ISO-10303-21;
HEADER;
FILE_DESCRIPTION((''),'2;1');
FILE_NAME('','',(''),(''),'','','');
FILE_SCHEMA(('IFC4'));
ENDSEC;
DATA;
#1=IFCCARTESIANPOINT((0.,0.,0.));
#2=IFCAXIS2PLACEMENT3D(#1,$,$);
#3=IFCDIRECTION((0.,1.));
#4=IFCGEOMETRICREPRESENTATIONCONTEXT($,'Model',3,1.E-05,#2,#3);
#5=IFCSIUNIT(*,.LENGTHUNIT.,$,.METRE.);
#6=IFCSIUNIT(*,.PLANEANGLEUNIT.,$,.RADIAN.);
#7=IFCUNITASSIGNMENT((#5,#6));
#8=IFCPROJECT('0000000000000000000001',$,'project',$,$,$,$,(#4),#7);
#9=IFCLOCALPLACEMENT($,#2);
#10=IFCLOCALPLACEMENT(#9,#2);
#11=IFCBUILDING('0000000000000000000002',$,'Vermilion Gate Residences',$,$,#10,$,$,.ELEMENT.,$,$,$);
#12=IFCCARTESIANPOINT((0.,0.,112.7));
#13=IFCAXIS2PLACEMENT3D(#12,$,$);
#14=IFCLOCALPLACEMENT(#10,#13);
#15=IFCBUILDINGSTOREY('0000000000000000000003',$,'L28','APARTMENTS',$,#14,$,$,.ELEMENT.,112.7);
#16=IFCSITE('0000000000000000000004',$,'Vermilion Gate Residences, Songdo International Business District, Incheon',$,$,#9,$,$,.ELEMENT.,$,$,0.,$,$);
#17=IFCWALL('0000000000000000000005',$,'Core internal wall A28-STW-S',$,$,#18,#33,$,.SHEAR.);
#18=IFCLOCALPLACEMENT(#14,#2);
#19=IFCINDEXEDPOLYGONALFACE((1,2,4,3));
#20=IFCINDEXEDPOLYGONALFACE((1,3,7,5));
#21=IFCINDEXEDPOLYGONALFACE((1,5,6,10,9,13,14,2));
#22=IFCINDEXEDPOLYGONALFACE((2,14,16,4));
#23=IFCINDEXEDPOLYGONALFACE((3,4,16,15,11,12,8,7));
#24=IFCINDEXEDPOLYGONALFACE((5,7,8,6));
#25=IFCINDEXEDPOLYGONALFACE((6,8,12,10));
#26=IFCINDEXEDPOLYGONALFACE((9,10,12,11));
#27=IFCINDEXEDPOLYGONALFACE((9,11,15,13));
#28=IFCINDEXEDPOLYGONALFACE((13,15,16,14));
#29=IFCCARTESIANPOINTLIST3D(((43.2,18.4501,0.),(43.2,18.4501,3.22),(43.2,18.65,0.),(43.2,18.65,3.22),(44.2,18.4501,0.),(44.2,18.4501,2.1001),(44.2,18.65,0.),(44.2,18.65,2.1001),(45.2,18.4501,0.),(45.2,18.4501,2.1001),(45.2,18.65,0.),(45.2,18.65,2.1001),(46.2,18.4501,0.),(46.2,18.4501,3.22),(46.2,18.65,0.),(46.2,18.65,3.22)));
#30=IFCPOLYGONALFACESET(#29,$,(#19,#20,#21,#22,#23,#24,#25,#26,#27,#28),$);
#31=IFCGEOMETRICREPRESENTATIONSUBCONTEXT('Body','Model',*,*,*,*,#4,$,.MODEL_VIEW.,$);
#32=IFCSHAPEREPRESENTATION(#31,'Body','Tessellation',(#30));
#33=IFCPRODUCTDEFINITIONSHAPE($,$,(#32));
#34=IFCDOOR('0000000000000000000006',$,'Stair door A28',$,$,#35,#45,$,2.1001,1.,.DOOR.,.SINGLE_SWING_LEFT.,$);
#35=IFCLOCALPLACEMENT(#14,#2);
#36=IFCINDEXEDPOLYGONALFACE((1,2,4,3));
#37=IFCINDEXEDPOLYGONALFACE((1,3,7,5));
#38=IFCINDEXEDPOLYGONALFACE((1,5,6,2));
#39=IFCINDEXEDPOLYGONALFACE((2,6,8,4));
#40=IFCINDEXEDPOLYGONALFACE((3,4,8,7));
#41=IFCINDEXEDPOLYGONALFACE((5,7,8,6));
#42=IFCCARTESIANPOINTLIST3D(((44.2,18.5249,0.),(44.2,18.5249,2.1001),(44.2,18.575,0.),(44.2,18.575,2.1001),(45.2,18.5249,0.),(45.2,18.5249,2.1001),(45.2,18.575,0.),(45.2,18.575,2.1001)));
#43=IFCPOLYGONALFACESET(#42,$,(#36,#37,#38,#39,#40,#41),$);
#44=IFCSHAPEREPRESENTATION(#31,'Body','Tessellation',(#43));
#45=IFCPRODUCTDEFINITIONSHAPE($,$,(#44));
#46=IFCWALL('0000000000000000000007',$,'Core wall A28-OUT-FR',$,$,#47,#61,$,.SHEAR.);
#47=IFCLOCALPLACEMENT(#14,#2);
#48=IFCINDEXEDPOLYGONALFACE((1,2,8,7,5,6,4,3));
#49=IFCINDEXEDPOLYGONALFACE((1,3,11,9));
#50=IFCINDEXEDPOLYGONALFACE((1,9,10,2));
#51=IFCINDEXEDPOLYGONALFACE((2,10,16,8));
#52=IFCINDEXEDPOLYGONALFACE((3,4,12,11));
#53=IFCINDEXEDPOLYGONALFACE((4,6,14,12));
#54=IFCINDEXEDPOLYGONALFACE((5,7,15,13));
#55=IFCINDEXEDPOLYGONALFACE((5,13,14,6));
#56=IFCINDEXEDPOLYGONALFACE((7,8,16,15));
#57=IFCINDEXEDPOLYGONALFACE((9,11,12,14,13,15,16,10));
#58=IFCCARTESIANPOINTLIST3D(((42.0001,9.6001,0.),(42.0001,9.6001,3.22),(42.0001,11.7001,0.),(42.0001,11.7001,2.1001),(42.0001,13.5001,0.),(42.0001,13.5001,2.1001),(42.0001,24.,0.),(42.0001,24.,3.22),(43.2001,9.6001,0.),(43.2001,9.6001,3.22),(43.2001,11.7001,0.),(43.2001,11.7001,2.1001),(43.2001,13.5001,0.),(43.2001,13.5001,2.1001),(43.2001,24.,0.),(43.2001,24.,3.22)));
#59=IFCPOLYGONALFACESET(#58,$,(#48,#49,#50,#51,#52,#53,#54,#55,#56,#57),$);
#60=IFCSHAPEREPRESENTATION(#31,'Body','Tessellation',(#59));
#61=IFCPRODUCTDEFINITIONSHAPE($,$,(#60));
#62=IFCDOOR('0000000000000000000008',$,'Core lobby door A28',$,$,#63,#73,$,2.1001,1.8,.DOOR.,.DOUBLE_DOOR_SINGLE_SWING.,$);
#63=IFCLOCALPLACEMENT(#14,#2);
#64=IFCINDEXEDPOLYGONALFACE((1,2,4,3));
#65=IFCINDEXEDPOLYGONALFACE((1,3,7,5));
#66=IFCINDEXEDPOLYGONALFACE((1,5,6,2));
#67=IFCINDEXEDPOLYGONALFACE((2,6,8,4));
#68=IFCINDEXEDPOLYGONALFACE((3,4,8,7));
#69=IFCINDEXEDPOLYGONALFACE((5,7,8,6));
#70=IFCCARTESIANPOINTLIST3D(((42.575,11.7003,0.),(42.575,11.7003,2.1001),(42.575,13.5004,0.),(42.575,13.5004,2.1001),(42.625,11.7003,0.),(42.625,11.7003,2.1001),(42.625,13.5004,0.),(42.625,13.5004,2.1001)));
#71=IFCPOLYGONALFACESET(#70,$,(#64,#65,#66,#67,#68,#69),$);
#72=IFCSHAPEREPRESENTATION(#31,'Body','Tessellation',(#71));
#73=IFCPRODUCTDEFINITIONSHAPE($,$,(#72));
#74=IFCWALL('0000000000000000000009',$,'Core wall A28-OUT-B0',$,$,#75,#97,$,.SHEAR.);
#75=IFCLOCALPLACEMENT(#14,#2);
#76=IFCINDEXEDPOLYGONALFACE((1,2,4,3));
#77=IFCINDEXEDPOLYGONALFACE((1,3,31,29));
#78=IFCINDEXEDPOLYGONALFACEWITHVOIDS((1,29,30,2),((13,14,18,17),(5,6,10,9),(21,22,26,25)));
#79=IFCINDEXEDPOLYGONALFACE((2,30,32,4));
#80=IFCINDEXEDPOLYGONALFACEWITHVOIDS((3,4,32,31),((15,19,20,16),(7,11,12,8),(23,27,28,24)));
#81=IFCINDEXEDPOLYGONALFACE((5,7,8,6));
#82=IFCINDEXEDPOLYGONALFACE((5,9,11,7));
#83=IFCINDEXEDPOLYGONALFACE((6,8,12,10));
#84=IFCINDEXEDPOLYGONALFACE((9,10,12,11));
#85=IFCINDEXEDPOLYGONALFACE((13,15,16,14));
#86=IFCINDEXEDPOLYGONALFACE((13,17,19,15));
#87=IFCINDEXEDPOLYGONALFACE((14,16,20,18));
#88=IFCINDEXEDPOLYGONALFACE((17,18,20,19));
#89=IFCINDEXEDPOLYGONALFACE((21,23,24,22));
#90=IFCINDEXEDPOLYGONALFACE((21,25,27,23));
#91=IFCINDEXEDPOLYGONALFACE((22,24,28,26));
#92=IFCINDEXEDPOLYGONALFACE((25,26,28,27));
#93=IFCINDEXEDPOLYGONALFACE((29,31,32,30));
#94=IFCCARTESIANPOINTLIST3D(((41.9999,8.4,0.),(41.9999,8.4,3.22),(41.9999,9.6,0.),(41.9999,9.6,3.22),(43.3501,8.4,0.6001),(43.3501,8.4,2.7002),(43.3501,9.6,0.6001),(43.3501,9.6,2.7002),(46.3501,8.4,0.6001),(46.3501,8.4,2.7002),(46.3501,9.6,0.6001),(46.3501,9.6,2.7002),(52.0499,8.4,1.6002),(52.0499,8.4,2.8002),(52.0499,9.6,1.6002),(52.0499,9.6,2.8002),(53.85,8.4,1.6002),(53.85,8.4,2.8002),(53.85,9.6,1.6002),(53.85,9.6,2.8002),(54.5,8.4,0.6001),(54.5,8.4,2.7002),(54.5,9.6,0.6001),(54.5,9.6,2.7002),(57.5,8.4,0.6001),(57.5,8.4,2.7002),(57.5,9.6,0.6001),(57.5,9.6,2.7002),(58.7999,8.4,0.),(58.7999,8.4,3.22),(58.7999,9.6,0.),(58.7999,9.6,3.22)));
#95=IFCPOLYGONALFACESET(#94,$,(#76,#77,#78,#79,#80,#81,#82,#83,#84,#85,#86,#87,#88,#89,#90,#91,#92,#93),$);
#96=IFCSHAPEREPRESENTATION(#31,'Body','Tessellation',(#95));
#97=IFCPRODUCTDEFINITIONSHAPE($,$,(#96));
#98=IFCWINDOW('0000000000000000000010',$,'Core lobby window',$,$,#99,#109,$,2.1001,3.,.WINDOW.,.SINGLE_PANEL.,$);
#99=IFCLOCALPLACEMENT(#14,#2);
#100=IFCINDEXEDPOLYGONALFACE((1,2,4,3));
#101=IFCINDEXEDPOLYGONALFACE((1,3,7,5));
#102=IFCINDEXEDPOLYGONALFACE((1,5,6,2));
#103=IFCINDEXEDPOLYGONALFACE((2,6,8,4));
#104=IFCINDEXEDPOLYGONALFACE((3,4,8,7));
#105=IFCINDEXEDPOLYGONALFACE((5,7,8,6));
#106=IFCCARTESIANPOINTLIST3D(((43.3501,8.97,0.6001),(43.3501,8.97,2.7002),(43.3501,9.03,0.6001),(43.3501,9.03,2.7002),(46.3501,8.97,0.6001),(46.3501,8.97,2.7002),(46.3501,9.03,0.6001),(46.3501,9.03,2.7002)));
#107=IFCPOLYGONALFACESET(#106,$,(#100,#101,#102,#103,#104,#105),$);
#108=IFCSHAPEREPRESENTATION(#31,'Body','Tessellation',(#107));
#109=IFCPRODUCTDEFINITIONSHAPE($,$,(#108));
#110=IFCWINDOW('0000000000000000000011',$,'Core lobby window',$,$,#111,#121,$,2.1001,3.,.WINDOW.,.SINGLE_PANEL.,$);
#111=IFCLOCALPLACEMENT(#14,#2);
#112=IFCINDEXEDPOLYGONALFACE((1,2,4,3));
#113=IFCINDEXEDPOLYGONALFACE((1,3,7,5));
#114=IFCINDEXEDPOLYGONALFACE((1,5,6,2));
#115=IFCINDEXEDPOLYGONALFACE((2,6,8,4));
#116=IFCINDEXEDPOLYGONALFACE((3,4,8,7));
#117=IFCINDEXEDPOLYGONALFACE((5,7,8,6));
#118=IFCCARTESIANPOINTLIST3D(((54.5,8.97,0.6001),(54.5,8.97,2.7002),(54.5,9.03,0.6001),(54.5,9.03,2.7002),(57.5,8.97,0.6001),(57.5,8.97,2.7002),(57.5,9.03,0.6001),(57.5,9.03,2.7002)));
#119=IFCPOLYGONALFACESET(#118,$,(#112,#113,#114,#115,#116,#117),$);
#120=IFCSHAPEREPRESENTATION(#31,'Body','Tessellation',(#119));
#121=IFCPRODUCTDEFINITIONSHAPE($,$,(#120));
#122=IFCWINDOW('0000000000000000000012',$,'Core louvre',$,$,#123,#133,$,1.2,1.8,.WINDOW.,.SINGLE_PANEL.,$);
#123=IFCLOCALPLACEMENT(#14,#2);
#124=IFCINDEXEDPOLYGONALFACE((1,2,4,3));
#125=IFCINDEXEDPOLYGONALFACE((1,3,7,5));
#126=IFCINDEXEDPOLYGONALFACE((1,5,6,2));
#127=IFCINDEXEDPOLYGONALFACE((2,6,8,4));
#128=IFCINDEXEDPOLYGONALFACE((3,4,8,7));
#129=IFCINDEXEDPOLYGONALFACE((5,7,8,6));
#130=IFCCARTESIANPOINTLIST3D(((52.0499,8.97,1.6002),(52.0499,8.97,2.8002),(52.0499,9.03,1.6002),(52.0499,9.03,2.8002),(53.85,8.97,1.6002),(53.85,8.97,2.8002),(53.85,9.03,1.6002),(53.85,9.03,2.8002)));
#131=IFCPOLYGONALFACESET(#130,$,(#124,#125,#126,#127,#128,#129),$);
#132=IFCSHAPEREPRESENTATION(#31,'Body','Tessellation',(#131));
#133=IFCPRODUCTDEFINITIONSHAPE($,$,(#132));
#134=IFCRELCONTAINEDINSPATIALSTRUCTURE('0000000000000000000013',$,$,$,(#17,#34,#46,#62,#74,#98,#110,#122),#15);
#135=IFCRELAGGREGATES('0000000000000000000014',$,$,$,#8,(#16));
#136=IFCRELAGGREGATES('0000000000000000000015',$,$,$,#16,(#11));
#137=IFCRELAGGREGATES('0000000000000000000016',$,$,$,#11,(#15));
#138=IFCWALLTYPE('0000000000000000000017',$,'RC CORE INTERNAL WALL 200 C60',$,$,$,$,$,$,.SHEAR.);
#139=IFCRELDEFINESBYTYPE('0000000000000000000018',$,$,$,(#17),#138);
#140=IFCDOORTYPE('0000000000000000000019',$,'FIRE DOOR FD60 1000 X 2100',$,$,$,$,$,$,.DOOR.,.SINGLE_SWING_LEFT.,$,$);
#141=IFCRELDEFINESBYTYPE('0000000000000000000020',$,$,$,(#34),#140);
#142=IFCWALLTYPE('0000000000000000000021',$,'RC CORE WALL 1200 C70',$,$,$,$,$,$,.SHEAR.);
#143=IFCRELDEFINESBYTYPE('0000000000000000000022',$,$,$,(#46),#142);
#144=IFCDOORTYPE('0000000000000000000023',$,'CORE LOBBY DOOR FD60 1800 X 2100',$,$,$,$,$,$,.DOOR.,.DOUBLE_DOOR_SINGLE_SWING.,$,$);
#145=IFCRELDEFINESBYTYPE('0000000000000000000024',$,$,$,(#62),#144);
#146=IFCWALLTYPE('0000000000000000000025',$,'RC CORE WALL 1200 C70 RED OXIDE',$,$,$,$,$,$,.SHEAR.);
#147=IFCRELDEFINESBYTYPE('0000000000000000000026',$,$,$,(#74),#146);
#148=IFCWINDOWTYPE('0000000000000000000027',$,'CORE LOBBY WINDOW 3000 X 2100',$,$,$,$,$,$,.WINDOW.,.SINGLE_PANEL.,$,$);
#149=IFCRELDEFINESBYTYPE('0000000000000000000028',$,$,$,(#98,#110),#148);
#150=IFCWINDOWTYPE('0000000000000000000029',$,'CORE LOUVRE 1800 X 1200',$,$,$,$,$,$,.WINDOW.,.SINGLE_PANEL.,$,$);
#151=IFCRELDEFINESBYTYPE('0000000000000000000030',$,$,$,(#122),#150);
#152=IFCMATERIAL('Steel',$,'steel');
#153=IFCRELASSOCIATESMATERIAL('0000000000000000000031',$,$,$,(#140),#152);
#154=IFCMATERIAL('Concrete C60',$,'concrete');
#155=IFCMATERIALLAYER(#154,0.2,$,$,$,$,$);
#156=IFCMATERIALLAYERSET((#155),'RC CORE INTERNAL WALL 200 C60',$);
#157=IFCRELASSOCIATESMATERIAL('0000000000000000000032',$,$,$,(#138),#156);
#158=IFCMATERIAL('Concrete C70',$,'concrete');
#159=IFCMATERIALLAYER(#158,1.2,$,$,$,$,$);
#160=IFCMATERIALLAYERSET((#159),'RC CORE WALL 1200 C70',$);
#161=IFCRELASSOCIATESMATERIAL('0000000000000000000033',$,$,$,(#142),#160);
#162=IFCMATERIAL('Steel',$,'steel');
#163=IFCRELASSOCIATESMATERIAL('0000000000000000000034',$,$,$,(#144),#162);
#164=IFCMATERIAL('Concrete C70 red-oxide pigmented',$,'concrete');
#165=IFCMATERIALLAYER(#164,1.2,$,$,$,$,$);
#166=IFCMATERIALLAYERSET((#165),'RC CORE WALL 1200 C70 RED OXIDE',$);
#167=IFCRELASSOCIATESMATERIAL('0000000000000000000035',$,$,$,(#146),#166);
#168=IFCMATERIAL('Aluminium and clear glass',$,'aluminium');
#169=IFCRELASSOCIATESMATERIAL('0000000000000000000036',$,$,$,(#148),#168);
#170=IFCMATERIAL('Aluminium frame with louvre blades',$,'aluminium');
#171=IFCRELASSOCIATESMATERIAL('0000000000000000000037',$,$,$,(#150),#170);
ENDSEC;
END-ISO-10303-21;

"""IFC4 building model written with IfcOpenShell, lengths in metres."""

from ifc_helpers import new_model, si_unit, direction, frame, frame_2d, origin, place, context, subcontext, project, spatial, rectangle, extrude, material, layer, layer_set, type_object, element, fill, save


model = new_model("IFC4")

# Units and contexts
model_context = context("Model", 3, precision=1e-05, world=origin(), true_north=direction((0.0, 1.0)))
body_context = subcontext(model_context, "Body", "Model", "MODEL_VIEW")
ifc_project = project(units=[si_unit("LENGTHUNIT", "METRE"), si_unit("PLANEANGLEUNIT", "RADIAN")], contexts=[model_context])

# Site, building, storey
site_placement = place(None, origin())
site = spatial("IfcSite", under=ifc_project, at=site_placement, Name="Vermilion Gate Residences, Songdo International Business District, Incheon", CompositionType="ELEMENT", RefElevation=0.0)
building_placement = place(site_placement, origin())
building = spatial("IfcBuilding", under=site, at=building_placement, Name="Vermilion Gate Residences", CompositionType="ELEMENT")
storey_placement = place(building_placement, frame((0.0, 0.0, 112.7)))
storey = spatial("IfcBuildingStorey", under=building, at=storey_placement, Name="L28", Description="APARTMENTS", CompositionType="ELEMENT", Elevation=112.7)

# Shared definitions
ifc_material_1 = material(Name="Steel", Category="steel")
door_type_1 = type_object("IfcDoorType", Name="FIRE DOOR FD60 1000 X 2100", OperationType="SINGLE_SWING_LEFT", PredefinedType="DOOR", material=ifc_material_1)

# Shared definitions
ifc_material_2 = material(Name="Concrete C60", Category="concrete")
ifc_layer_1 = layer(ifc_material_2, 0.2)
ifc_layer_set_1 = layer_set([ifc_layer_1], Name="RC CORE INTERNAL WALL 200 C60")
wall_type_1 = type_object("IfcWallType", Name="RC CORE INTERNAL WALL 200 C60", PredefinedType="SHEAR", material=ifc_layer_set_1)

# Walls, openings, doors
wall_1_placement = place(storey_placement, frame((43.2, 18.55, 0.0), z_axis=(0.0, 0.0, 1.0), x_axis=(1.0, 0.0, 0.0)))
wall_1 = element("IfcWall", 1, at=wall_1_placement, inside=storey, type_object=wall_type_1, Name="Core internal wall A28-STW-S", PredefinedType="SHEAR", context=body_context, shape_type="SweptSolid", body=[
    extrude(rectangle(XDim=3.0, YDim=0.2, at=frame_2d((1.5, 0.0))), origin(), (0.0, 0.0, 1.0), 3.22),
])
opening_1_placement = place(wall_1_placement, frame((1.0, 0.0, 0.0)))
opening_1 = element("IfcOpeningElement", 2, at=opening_1_placement, cuts=wall_1, PredefinedType="OPENING", context=body_context, shape_type="SweptSolid", body=[
    extrude(rectangle(XDim=1.0, YDim=2.1001, at=frame_2d((0.5, 1.05))), frame((0.0, 0.1099, 0.0), z_axis=(0.0, -1.0, 0.0), x_axis=(1.0, 0.0, 0.0)), (0.0, 0.0, 1.0), 0.22),
])
door_1_placement = place(opening_1_placement, origin())
door_1 = element("IfcDoor", 3, at=door_1_placement, inside=storey, type_object=door_type_1, Name="Stair door A28", OperationType="SINGLE_SWING_LEFT", OverallHeight=2.1001, OverallWidth=1.0, PredefinedType="DOOR", context=body_context, shape_type="SweptSolid", body=[
    extrude(rectangle(XDim=1.0, YDim=2.1001, at=frame_2d((0.5, 1.05))), frame((0.0, 0.0249, 0.0), z_axis=(0.0, -1.0, 0.0), x_axis=(1.0, 0.0, 0.0)), (0.0, 0.0, 1.0), 0.05),
])
fill(opening_1, door_1)
ifc_material_3 = material(Name="Concrete C70", Category="concrete")
ifc_layer_2 = layer(ifc_material_3, 1.2)
ifc_layer_set_2 = layer_set([ifc_layer_2], Name="RC CORE WALL 1200 C70")
wall_type_2 = type_object("IfcWallType", Name="RC CORE WALL 1200 C70", PredefinedType="SHEAR", material=ifc_layer_set_2)
wall_2_placement = place(storey_placement, frame((42.6001, 9.6001, 0.0), z_axis=(0.0, 0.0, 1.0), x_axis=(0.0, 1.0, 0.0)))
wall_2 = element("IfcWall", 4, at=wall_2_placement, inside=storey, type_object=wall_type_2, Name="Core wall A28-OUT-FR", PredefinedType="SHEAR", context=body_context, shape_type="SweptSolid", body=[
    extrude(rectangle(XDim=14.3999, YDim=1.2, at=frame_2d((7.2, 0.0))), origin(), (0.0, 0.0, 1.0), 3.22),
])
opening_2_placement = place(wall_2_placement, frame((2.1001, 0.0, 0.0)))
opening_2 = element("IfcOpeningElement", 5, at=opening_2_placement, cuts=wall_2, PredefinedType="OPENING", context=body_context, shape_type="SweptSolid", body=[
    extrude(rectangle(XDim=1.8, YDim=2.1001, at=frame_2d((0.8999, 1.05))), frame((0.0, 0.6099, 0.0), z_axis=(0.0, -1.0, 0.0), x_axis=(1.0, 0.0, 0.0)), (0.0, 0.0, 1.0), 1.22),
])
ifc_material_4 = material(Name="Steel", Category="steel")
door_type_2 = type_object("IfcDoorType", Name="CORE LOBBY DOOR FD60 1800 X 2100", OperationType="DOUBLE_DOOR_SINGLE_SWING", PredefinedType="DOOR", material=ifc_material_4)
door_2_placement = place(opening_2_placement, frame((1.8, 0.0, 0.0), z_axis=(0.0, 0.0, 1.0), x_axis=(-1.0, 0.0, 0.0)))
door_2 = element("IfcDoor", 6, at=door_2_placement, inside=storey, type_object=door_type_2, Name="Core lobby door A28", OperationType="DOUBLE_DOOR_SINGLE_SWING", OverallHeight=2.1001, OverallWidth=1.8, PredefinedType="DOOR", context=body_context, shape_type="SweptSolid", body=[
    extrude(rectangle(XDim=1.8, YDim=2.1001, at=frame_2d((0.8999, 1.05))), frame((0.0, 0.0249, 0.0), z_axis=(0.0, -1.0, 0.0), x_axis=(1.0, 0.0, 0.0)), (0.0, 0.0, 1.0), 0.05),
])
fill(opening_2, door_2)

# Wall, openings, windows
ifc_material_5 = material(Name="Concrete C70 red-oxide pigmented", Category="concrete")
ifc_layer_3 = layer(ifc_material_5, 1.2)
ifc_layer_set_3 = layer_set([ifc_layer_3], Name="RC CORE WALL 1200 C70 RED OXIDE")
wall_type_3 = type_object("IfcWallType", Name="RC CORE WALL 1200 C70 RED OXIDE", PredefinedType="SHEAR", material=ifc_layer_set_3)
wall_3_placement = place(storey_placement, frame((42.0, 9.0, 0.0), z_axis=(0.0, 0.0, 1.0), x_axis=(1.0, 0.0, 0.0)))
wall_3 = element("IfcWall", 7, at=wall_3_placement, inside=storey, type_object=wall_type_3, Name="Core wall A28-OUT-B0", PredefinedType="SHEAR", context=body_context, shape_type="SweptSolid", body=[
    extrude(rectangle(XDim=16.8, YDim=1.2, at=frame_2d((8.3999, 0.0))), origin(), (0.0, 0.0, 1.0), 3.22),
])
opening_3_placement = place(wall_3_placement, frame((1.3501, 0.0, 0.6001)))
opening_3 = element("IfcOpeningElement", 8, at=opening_3_placement, cuts=wall_3, PredefinedType="OPENING", context=body_context, shape_type="SweptSolid", body=[
    extrude(rectangle(XDim=3.0, YDim=2.1001, at=frame_2d((1.5, 1.05))), frame((0.0, 0.6099, 0.0), z_axis=(0.0, -1.0, 0.0), x_axis=(1.0, 0.0, 0.0)), (0.0, 0.0, 1.0), 1.22),
])
opening_4_placement = place(wall_3_placement, frame((10.05, 0.0, 1.6001)))
opening_4 = element("IfcOpeningElement", 9, at=opening_4_placement, cuts=wall_3, PredefinedType="OPENING", context=body_context, shape_type="SweptSolid", body=[
    extrude(rectangle(XDim=1.8, YDim=1.2, at=frame_2d((0.8999, 0.6001))), frame((0.0, 0.6099, 0.0), z_axis=(0.0, -1.0, 0.0), x_axis=(1.0, 0.0, 0.0)), (0.0, 0.0, 1.0), 1.22),
])
opening_5_placement = place(wall_3_placement, frame((12.5, 0.0, 0.6001)))
opening_5 = element("IfcOpeningElement", 10, at=opening_5_placement, cuts=wall_3, PredefinedType="OPENING", context=body_context, shape_type="SweptSolid", body=[
    extrude(rectangle(XDim=3.0, YDim=2.1001, at=frame_2d((1.5, 1.05))), frame((0.0, 0.6099, 0.0), z_axis=(0.0, -1.0, 0.0), x_axis=(1.0, 0.0, 0.0)), (0.0, 0.0, 1.0), 1.22),
])
ifc_material_6 = material(Name="Aluminium and clear glass", Category="aluminium")
window_type_1 = type_object("IfcWindowType", Name="CORE LOBBY WINDOW 3000 X 2100", PartitioningType="SINGLE_PANEL", PredefinedType="WINDOW", material=ifc_material_6)
window_1_placement = place(opening_3_placement, origin())
window_1 = element("IfcWindow", 11, at=window_1_placement, inside=storey, type_object=window_type_1, Name="Core lobby window", OverallHeight=2.1001, OverallWidth=3.0, PartitioningType="SINGLE_PANEL", PredefinedType="WINDOW", context=body_context, shape_type="SweptSolid", body=[
    extrude(rectangle(XDim=3.0, YDim=2.1001, at=frame_2d((1.5, 1.05))), frame((0.0, 0.03, 0.0), z_axis=(0.0, -1.0, 0.0), x_axis=(1.0, 0.0, 0.0)), (0.0, 0.0, 1.0), 0.0601),
])
fill(opening_3, window_1)
window_2_placement = place(opening_5_placement, origin())
window_2 = element("IfcWindow", 12, at=window_2_placement, inside=storey, type_object=window_type_1, Name="Core lobby window", OverallHeight=2.1001, OverallWidth=3.0, PartitioningType="SINGLE_PANEL", PredefinedType="WINDOW", context=body_context, shape_type="SweptSolid", body=[
    extrude(rectangle(XDim=3.0, YDim=2.1001, at=frame_2d((1.5, 1.05))), frame((0.0, 0.03, 0.0), z_axis=(0.0, -1.0, 0.0), x_axis=(1.0, 0.0, 0.0)), (0.0, 0.0, 1.0), 0.0601),
])
fill(opening_5, window_2)
ifc_material_7 = material(Name="Aluminium frame with louvre blades", Category="aluminium")
window_type_2 = type_object("IfcWindowType", Name="CORE LOUVRE 1800 X 1200", PartitioningType="SINGLE_PANEL", PredefinedType="WINDOW", material=ifc_material_7)
window_3_placement = place(opening_4_placement, origin())
window_3 = element("IfcWindow", 13, at=window_3_placement, inside=storey, type_object=window_type_2, Name="Core louvre", OverallHeight=1.2, OverallWidth=1.8, PartitioningType="SINGLE_PANEL", PredefinedType="WINDOW", context=body_context, shape_type="SweptSolid", body=[
    extrude(rectangle(XDim=1.8, YDim=1.2, at=frame_2d((0.8999, 0.6001))), frame((0.0, 0.03, 0.0), z_axis=(0.0, -1.0, 0.0), x_axis=(1.0, 0.0, 0.0)), (0.0, 0.0, 1.0), 0.0601),
])
fill(opening_4, window_3)

save(model, "model.ifc")
